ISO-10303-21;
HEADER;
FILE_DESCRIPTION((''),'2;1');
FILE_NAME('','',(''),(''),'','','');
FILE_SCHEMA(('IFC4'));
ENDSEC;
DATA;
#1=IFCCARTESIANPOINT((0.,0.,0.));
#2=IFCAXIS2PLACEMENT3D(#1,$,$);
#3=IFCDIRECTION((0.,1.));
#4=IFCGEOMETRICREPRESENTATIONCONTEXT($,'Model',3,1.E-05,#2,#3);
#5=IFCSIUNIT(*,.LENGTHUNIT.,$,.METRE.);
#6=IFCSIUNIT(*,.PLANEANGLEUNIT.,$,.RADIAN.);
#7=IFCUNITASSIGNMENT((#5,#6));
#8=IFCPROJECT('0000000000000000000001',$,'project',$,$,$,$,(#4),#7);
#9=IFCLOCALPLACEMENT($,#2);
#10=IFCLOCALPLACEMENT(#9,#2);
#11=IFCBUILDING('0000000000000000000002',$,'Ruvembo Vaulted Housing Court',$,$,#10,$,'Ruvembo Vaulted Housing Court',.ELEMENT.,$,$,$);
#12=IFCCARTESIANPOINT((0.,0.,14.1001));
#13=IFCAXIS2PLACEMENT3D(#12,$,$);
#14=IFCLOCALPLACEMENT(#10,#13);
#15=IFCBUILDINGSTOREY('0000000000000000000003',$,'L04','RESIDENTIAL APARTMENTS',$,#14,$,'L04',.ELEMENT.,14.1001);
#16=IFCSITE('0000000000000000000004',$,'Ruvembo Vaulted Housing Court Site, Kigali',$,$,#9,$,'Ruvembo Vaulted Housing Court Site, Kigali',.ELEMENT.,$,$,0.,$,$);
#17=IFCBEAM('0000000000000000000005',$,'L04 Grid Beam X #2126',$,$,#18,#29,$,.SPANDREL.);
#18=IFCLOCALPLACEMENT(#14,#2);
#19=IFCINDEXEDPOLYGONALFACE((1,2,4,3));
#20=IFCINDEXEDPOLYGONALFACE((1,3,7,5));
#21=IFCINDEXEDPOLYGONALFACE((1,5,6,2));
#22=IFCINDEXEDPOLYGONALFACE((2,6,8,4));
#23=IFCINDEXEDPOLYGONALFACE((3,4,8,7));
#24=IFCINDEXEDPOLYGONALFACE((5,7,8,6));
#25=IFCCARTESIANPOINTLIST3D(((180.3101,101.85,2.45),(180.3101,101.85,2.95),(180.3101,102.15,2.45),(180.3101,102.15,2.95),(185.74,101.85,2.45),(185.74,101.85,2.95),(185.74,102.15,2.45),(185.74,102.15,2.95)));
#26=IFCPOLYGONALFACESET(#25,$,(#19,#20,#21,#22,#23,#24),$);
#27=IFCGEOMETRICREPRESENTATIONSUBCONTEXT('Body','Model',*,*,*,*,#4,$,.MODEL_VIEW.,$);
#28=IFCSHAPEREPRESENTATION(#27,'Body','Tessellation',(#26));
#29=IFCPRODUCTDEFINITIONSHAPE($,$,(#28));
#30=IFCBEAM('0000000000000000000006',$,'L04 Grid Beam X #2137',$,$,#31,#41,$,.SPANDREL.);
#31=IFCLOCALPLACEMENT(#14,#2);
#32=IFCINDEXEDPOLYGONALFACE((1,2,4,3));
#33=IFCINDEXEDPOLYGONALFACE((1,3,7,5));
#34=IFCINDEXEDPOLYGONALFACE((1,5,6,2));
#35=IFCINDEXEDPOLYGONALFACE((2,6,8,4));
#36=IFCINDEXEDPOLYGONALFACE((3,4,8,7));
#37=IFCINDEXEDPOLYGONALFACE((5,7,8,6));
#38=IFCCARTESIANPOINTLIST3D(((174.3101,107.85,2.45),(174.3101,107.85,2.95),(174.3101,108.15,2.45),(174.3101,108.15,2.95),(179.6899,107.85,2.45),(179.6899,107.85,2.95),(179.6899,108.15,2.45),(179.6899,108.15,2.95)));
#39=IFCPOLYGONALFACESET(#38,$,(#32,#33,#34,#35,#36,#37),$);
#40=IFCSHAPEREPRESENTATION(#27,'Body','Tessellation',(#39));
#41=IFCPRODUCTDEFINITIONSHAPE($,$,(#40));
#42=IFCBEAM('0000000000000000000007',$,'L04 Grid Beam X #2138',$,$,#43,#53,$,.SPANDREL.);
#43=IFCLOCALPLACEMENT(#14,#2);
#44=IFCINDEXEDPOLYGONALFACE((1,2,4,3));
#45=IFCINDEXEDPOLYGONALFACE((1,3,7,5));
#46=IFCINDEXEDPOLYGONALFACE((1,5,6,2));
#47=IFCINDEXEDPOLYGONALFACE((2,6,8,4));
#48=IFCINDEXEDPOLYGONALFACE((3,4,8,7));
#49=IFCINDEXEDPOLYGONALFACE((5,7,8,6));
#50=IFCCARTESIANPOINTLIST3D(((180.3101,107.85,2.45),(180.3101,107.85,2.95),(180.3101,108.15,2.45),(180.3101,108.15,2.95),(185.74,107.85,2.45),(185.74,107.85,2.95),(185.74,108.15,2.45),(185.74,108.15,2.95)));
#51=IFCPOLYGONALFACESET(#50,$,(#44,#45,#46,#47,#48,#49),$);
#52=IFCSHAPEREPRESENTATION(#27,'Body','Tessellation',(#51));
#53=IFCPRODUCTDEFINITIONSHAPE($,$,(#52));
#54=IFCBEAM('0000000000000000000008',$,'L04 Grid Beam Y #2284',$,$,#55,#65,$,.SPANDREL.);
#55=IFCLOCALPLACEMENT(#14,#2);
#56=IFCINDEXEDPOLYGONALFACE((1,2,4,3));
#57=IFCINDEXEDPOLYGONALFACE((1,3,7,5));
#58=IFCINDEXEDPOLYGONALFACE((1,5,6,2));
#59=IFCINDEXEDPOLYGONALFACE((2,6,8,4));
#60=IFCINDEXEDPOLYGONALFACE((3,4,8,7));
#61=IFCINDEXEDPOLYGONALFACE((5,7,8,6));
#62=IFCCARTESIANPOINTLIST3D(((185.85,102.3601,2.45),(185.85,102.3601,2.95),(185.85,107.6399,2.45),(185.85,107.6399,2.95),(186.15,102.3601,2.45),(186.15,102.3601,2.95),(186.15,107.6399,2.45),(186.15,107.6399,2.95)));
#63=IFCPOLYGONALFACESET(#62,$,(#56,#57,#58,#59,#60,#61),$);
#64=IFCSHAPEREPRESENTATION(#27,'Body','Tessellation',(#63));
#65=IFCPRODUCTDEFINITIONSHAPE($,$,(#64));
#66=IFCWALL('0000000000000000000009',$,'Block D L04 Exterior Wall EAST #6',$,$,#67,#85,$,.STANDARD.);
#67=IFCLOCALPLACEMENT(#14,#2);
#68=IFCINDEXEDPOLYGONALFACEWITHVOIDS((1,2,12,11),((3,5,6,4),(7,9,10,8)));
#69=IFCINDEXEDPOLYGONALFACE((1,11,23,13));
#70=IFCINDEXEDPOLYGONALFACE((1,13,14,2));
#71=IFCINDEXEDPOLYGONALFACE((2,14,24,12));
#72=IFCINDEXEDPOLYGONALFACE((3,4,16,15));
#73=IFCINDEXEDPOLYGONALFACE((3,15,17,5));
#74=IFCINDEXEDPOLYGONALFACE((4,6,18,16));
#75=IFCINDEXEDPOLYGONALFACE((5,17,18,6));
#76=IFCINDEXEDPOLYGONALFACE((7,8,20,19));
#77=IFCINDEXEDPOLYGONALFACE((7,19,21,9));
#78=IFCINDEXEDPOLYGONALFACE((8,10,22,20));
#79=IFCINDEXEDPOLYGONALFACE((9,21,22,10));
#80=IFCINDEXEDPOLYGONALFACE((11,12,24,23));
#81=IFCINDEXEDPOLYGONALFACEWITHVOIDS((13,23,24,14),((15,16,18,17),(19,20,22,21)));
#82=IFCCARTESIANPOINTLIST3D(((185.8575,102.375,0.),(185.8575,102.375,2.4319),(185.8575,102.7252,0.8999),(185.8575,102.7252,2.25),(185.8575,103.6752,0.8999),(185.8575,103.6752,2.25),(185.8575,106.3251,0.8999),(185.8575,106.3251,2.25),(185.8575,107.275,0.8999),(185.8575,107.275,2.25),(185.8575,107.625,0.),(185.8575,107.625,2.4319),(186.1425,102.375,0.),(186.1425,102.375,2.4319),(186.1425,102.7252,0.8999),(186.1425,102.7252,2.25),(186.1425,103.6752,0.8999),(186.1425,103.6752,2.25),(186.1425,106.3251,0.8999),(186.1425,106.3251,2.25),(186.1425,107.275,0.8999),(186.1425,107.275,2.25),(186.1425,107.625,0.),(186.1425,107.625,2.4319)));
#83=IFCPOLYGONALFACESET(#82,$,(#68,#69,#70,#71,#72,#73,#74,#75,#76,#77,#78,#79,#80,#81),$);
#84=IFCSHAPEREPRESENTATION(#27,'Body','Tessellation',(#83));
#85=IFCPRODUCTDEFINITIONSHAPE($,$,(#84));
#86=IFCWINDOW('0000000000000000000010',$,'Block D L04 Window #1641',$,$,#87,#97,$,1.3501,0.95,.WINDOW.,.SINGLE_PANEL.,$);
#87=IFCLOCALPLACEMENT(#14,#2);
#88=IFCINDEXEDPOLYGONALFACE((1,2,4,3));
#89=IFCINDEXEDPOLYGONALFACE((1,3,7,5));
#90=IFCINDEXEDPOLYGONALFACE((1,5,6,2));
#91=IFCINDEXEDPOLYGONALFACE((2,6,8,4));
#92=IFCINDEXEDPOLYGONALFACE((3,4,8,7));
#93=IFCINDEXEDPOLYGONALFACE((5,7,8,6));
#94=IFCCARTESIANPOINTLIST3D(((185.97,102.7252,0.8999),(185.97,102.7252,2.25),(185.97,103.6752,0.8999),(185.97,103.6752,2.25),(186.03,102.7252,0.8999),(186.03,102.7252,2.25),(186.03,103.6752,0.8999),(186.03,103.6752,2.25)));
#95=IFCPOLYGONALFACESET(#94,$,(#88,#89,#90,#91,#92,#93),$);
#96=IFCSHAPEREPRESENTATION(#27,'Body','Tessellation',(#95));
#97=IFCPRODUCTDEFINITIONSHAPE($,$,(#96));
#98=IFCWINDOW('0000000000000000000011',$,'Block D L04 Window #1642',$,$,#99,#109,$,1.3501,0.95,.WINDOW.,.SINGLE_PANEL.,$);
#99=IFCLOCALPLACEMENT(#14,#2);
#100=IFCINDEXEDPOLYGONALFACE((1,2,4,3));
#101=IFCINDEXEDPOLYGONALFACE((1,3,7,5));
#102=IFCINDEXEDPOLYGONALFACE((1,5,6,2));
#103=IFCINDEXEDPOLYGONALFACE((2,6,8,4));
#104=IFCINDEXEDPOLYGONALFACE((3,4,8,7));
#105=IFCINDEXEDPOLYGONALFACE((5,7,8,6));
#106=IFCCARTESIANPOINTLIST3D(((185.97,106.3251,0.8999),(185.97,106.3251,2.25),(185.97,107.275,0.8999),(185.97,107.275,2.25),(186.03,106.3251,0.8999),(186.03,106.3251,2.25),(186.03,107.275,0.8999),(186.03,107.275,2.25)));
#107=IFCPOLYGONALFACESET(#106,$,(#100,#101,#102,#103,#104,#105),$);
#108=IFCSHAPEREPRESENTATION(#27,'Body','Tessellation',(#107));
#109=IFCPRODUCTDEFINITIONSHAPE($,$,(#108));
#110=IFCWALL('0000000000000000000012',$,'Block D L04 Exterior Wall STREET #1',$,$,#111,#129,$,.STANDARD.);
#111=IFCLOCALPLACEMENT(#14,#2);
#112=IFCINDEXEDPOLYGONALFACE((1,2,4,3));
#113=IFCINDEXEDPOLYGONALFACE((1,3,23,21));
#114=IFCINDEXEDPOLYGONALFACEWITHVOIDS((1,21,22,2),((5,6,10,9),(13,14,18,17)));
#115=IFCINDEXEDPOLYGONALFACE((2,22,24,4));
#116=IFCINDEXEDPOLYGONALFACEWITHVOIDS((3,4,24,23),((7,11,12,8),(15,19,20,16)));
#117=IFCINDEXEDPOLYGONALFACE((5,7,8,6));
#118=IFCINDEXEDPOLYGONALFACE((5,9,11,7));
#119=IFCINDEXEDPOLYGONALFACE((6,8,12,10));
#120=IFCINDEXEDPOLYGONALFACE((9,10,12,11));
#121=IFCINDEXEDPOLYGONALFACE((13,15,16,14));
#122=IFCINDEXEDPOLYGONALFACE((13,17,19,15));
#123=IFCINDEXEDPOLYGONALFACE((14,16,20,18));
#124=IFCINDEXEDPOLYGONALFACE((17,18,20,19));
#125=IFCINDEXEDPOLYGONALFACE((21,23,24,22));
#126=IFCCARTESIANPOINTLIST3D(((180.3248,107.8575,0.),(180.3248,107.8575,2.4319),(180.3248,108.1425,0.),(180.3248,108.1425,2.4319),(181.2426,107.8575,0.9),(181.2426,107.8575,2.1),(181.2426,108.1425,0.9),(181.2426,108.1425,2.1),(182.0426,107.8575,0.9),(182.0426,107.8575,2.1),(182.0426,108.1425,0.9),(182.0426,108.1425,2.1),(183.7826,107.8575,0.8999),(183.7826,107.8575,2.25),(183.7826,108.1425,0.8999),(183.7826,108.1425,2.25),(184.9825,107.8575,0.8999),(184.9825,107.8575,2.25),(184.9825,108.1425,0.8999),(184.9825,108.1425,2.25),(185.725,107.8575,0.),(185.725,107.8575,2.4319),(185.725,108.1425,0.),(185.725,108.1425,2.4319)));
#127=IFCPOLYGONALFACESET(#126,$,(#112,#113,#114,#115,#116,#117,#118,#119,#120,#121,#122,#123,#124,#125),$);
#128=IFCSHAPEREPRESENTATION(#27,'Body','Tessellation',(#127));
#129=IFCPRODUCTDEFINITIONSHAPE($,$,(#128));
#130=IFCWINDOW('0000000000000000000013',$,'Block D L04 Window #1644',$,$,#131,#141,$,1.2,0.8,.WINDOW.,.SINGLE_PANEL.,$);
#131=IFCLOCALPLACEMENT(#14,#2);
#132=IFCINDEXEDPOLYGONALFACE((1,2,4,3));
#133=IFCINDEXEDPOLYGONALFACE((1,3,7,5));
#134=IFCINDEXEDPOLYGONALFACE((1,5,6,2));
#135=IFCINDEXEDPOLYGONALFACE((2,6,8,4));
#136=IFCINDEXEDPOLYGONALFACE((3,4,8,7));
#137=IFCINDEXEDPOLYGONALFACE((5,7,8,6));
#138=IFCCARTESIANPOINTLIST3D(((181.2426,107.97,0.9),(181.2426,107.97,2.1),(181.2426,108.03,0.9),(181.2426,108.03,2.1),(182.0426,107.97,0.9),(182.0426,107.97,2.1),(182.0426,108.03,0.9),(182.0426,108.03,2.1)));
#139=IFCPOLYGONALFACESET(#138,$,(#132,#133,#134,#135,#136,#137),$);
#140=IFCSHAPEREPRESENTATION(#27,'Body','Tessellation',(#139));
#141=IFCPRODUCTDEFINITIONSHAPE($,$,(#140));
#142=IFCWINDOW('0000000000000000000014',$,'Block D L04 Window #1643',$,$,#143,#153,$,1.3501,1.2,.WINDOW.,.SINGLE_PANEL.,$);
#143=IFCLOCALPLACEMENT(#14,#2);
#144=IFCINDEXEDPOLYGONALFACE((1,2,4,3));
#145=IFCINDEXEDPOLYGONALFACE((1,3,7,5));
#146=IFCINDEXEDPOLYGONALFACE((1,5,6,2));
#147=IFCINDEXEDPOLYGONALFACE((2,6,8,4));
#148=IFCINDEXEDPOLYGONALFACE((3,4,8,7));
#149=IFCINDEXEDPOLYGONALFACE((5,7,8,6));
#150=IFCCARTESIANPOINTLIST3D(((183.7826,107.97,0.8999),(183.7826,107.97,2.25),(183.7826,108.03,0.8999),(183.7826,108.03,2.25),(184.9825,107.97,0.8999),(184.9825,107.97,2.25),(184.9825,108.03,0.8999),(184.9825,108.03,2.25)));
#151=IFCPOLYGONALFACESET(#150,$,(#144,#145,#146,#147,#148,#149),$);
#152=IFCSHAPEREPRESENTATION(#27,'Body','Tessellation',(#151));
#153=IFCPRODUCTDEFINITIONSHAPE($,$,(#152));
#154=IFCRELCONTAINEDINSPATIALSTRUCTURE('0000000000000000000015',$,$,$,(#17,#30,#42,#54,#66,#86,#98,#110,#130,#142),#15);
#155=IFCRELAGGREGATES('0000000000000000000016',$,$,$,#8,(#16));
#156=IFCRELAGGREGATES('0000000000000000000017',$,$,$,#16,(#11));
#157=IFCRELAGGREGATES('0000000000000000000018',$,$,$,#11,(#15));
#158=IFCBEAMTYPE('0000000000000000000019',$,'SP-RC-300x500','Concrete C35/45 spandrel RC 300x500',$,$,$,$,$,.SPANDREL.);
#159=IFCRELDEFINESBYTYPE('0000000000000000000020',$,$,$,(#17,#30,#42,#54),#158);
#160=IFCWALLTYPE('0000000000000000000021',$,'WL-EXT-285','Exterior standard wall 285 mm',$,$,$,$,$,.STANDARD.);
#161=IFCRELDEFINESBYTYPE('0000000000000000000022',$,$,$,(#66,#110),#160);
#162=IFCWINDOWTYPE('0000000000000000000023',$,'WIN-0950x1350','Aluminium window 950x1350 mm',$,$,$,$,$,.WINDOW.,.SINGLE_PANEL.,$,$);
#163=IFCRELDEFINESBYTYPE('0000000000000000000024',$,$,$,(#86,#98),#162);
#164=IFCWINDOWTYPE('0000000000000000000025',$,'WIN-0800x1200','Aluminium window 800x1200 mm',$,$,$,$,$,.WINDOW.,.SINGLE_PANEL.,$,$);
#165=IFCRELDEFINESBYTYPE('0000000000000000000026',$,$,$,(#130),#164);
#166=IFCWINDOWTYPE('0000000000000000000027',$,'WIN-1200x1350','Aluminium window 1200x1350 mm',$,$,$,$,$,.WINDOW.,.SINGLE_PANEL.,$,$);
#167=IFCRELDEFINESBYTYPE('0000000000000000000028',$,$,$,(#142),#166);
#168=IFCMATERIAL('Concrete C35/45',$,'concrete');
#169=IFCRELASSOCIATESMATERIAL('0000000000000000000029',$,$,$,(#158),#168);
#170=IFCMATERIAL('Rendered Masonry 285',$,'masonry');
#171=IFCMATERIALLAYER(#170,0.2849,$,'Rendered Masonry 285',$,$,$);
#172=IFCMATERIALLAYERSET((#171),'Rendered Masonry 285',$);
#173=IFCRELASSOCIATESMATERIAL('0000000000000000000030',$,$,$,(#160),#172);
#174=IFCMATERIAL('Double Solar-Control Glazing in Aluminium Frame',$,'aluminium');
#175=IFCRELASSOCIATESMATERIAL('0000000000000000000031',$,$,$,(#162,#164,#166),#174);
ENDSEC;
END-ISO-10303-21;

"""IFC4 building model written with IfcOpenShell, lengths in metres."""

from ifc_helpers import new_model, si_unit, direction, frame, frame_2d, origin, origin_2d, place, context, subcontext, project, spatial, rectangle, extrude, material, layer, layer_set, material_profile, profile_set, type_object, element, fill, save


model = new_model("IFC4")

# Units and contexts
model_context = context("Model", 3, precision=1e-05, world=origin(), true_north=direction((0.0, 1.0)))
body_context = subcontext(model_context, "Body", "Model", "MODEL_VIEW")
ifc_project = project(units=[si_unit("LENGTHUNIT", "METRE"), si_unit("PLANEANGLEUNIT", "RADIAN")], contexts=[model_context])

# Site, building, storey
site_placement = place(None, origin())
site = spatial("IfcSite", under=ifc_project, at=site_placement, Name="Ruvembo Vaulted Housing Court Site, Kigali", LongName="Ruvembo Vaulted Housing Court Site, Kigali", CompositionType="ELEMENT", RefElevation=0.0)
building_placement = place(site_placement, origin())
building = spatial("IfcBuilding", under=site, at=building_placement, Name="Ruvembo Vaulted Housing Court", LongName="Ruvembo Vaulted Housing Court", CompositionType="ELEMENT")
storey_placement = place(building_placement, frame((0.0, 0.0, 14.1001)))
storey = spatial("IfcBuildingStorey", under=building, at=storey_placement, Name="L04", Description="RESIDENTIAL APARTMENTS", LongName="L04", CompositionType="ELEMENT", Elevation=14.1001)

# Beams
ifc_material_1 = material(Name="Concrete C35/45", Category="concrete")
ifc_material_profile_1 = material_profile(ifc_material_1, rectangle(XDim=0.3, YDim=0.5, at=origin_2d()), Name="RC 300x500")
ifc_profile_set_1 = profile_set([ifc_material_profile_1], Name="Concrete C35/45")
beam_type_1 = type_object("IfcBeamType", Name="SP-RC-300x500", Description="Concrete C35/45 spandrel RC 300x500", PredefinedType="SPANDREL", material=ifc_profile_set_1)
beam_1_placement = place(storey_placement, frame((180.3101, 102.0, 2.7), z_axis=(1.0, 0.0, 0.0), x_axis=(0.0, 1.0, 0.0)))
element("IfcBeam", 1, at=beam_1_placement, inside=storey, type_object=beam_type_1, Name="L04 Grid Beam X #2126", PredefinedType="SPANDREL", context=body_context, shape_type="SweptSolid", body=[
    extrude(rectangle(XDim=0.3, YDim=0.5, at=origin_2d()), origin(), (0.0, 0.0, 1.0), 5.4299),
])
beam_2_placement = place(storey_placement, frame((174.3101, 108.0, 2.7), z_axis=(1.0, 0.0, 0.0), x_axis=(0.0, 1.0, 0.0)))
element("IfcBeam", 2, at=beam_2_placement, inside=storey, type_object=beam_type_1, Name="L04 Grid Beam X #2137", PredefinedType="SPANDREL", context=body_context, shape_type="SweptSolid", body=[
    extrude(rectangle(XDim=0.3, YDim=0.5, at=origin_2d()), origin(), (0.0, 0.0, 1.0), 5.3799),
])
beam_3_placement = place(storey_placement, frame((180.3101, 108.0, 2.7), z_axis=(1.0, 0.0, 0.0), x_axis=(0.0, 1.0, 0.0)))
element("IfcBeam", 3, at=beam_3_placement, inside=storey, type_object=beam_type_1, Name="L04 Grid Beam X #2138", PredefinedType="SPANDREL", context=body_context, shape_type="SweptSolid", body=[
    extrude(rectangle(XDim=0.3, YDim=0.5, at=origin_2d()), origin(), (0.0, 0.0, 1.0), 5.4299),
])
beam_4_placement = place(storey_placement, frame((186.0, 102.3601, 2.7), z_axis=(0.0, 1.0, 0.0), x_axis=(-1.0, 0.0, 0.0)))
element("IfcBeam", 4, at=beam_4_placement, inside=storey, type_object=beam_type_1, Name="L04 Grid Beam Y #2284", PredefinedType="SPANDREL", context=body_context, shape_type="SweptSolid", body=[
    extrude(rectangle(XDim=0.3, YDim=0.5, at=origin_2d()), origin(), (0.0, 0.0, 1.0), 5.2798),
])

# Walls, openings, windows
ifc_material_2 = material(Name="Rendered Masonry 285", Category="masonry")
ifc_layer_1 = layer(ifc_material_2, 0.2849, Name="Rendered Masonry 285")
ifc_layer_set_1 = layer_set([ifc_layer_1], Name="Rendered Masonry 285")
wall_type_1 = type_object("IfcWallType", Name="WL-EXT-285", Description="Exterior standard wall 285 mm", PredefinedType="STANDARD", material=ifc_layer_set_1)
wall_1_placement = place(storey_placement, frame((186.0, 102.375, 0.0), z_axis=(0.0, 0.0, 1.0), x_axis=(0.0, 1.0, 0.0)))
wall_1 = element("IfcWall", 5, at=wall_1_placement, inside=storey, type_object=wall_type_1, Name="Block D L04 Exterior Wall EAST #6", PredefinedType="STANDARD", context=body_context, shape_type="SweptSolid", body=[
    extrude(rectangle(XDim=5.25, YDim=0.2849, at=frame_2d((2.625, 0.0))), origin(), (0.0, 0.0, 1.0), 2.4319),
])
opening_1_placement = place(wall_1_placement, frame((0.3501, 0.0, 0.8999)))
opening_1 = element("IfcOpeningElement", 6, at=opening_1_placement, cuts=wall_1, PredefinedType="OPENING", context=body_context, shape_type="SweptSolid", body=[
    extrude(rectangle(XDim=0.95, YDim=1.3501, at=frame_2d((0.4751, 0.675))), frame((0.0, 0.1523, 0.0), z_axis=(0.0, -1.0, 0.0), x_axis=(1.0, 0.0, 0.0)), (0.0, 0.0, 1.0), 0.3049),
])
opening_2_placement = place(wall_1_placement, frame((3.95, 0.0, 0.8999)))
opening_2 = element("IfcOpeningElement", 7, at=opening_2_placement, cuts=wall_1, PredefinedType="OPENING", context=body_context, shape_type="SweptSolid", body=[
    extrude(rectangle(XDim=0.95, YDim=1.3501, at=frame_2d((0.4751, 0.675))), frame((0.0, 0.1523, 0.0), z_axis=(0.0, -1.0, 0.0), x_axis=(1.0, 0.0, 0.0)), (0.0, 0.0, 1.0), 0.3049),
])
ifc_material_3 = material(Name="Double Solar-Control Glazing in Aluminium Frame", Category="aluminium")
window_type_1 = type_object("IfcWindowType", Name="WIN-0950x1350", Description="Aluminium window 950x1350 mm", PartitioningType="SINGLE_PANEL", PredefinedType="WINDOW", material=ifc_material_3)
window_1_placement = place(opening_1_placement, origin())
window_1 = element("IfcWindow", 8, at=window_1_placement, inside=storey, type_object=window_type_1, Name="Block D L04 Window #1641", OverallHeight=1.3501, OverallWidth=0.95, PartitioningType="SINGLE_PANEL", PredefinedType="WINDOW", context=body_context, shape_type="SweptSolid", body=[
    extrude(rectangle(XDim=0.95, YDim=1.3501, at=frame_2d((0.4751, 0.675))), frame((0.0, 0.03, 0.0), z_axis=(0.0, -1.0, 0.0), x_axis=(1.0, 0.0, 0.0)), (0.0, 0.0, 1.0), 0.0601),
])
fill(opening_1, window_1)
window_2_placement = place(opening_2_placement, origin())
window_2 = element("IfcWindow", 9, at=window_2_placement, inside=storey, type_object=window_type_1, Name="Block D L04 Window #1642", OverallHeight=1.3501, OverallWidth=0.95, PartitioningType="SINGLE_PANEL", PredefinedType="WINDOW", context=body_context, shape_type="SweptSolid", body=[
    extrude(rectangle(XDim=0.95, YDim=1.3501, at=frame_2d((0.4751, 0.675))), frame((0.0, 0.03, 0.0), z_axis=(0.0, -1.0, 0.0), x_axis=(1.0, 0.0, 0.0)), (0.0, 0.0, 1.0), 0.0601),
])
fill(opening_2, window_2)
wall_2_placement = place(storey_placement, frame((185.7251, 108.0, 0.0), z_axis=(0.0, 0.0, 1.0), x_axis=(-1.0, 0.0, 0.0)))
wall_2 = element("IfcWall", 10, at=wall_2_placement, inside=storey, type_object=wall_type_1, Name="Block D L04 Exterior Wall STREET #1", PredefinedType="STANDARD", context=body_context, shape_type="SweptSolid", body=[
    extrude(rectangle(XDim=5.4001, YDim=0.2849, at=frame_2d((2.7002, 0.0))), origin(), (0.0, 0.0, 1.0), 2.4319),
])
opening_3_placement = place(wall_2_placement, frame((0.7424, 0.0, 0.8999)))
opening_3 = element("IfcOpeningElement", 11, at=opening_3_placement, cuts=wall_2, PredefinedType="OPENING", context=body_context, shape_type="SweptSolid", body=[
    extrude(rectangle(XDim=1.2, YDim=1.3501, at=frame_2d((0.6001, 0.675))), frame((0.0, 0.1523, 0.0), z_axis=(0.0, -1.0, 0.0), x_axis=(1.0, 0.0, 0.0)), (0.0, 0.0, 1.0), 0.3049),
])
opening_4_placement = place(wall_2_placement, frame((3.6826, 0.0, 0.8999)))
opening_4 = element("IfcOpeningElement", 12, at=opening_4_placement, cuts=wall_2, PredefinedType="OPENING", context=body_context, shape_type="SweptSolid", body=[
    extrude(rectangle(XDim=0.8, YDim=1.2, at=frame_2d((0.3999, 0.6001))), frame((0.0, 0.1523, 0.0), z_axis=(0.0, -1.0, 0.0), x_axis=(1.0, 0.0, 0.0)), (0.0, 0.0, 1.0), 0.3049),
])
window_type_2 = type_object("IfcWindowType", Name="WIN-0800x1200", Description="Aluminium window 800x1200 mm", PartitioningType="SINGLE_PANEL", PredefinedType="WINDOW", material=ifc_material_3)
window_3_placement = place(opening_4_placement, origin())
window_3 = element("IfcWindow", 13, at=window_3_placement, inside=storey, type_object=window_type_2, Name="Block D L04 Window #1644", OverallHeight=1.2, OverallWidth=0.8, PartitioningType="SINGLE_PANEL", PredefinedType="WINDOW", context=body_context, shape_type="SweptSolid", body=[
    extrude(rectangle(XDim=0.8, YDim=1.2, at=frame_2d((0.3999, 0.6001))), frame((0.0, 0.03, 0.0), z_axis=(0.0, -1.0, 0.0), x_axis=(1.0, 0.0, 0.0)), (0.0, 0.0, 1.0), 0.0601),
])
fill(opening_4, window_3)
window_type_3 = type_object("IfcWindowType", Name="WIN-1200x1350", Description="Aluminium window 1200x1350 mm", PartitioningType="SINGLE_PANEL", PredefinedType="WINDOW", material=ifc_material_3)
window_4_placement = place(opening_3_placement, origin())
window_4 = element("IfcWindow", 14, at=window_4_placement, inside=storey, type_object=window_type_3, Name="Block D L04 Window #1643", OverallHeight=1.3501, OverallWidth=1.2, PartitioningType="SINGLE_PANEL", PredefinedType="WINDOW", context=body_context, shape_type="SweptSolid", body=[
    extrude(rectangle(XDim=1.2, YDim=1.3501, at=frame_2d((0.6001, 0.675))), frame((0.0, 0.03, 0.0), z_axis=(0.0, -1.0, 0.0), x_axis=(1.0, 0.0, 0.0)), (0.0, 0.0, 1.0), 0.0601),
])
fill(opening_3, window_4)

save(model, "model.ifc")
